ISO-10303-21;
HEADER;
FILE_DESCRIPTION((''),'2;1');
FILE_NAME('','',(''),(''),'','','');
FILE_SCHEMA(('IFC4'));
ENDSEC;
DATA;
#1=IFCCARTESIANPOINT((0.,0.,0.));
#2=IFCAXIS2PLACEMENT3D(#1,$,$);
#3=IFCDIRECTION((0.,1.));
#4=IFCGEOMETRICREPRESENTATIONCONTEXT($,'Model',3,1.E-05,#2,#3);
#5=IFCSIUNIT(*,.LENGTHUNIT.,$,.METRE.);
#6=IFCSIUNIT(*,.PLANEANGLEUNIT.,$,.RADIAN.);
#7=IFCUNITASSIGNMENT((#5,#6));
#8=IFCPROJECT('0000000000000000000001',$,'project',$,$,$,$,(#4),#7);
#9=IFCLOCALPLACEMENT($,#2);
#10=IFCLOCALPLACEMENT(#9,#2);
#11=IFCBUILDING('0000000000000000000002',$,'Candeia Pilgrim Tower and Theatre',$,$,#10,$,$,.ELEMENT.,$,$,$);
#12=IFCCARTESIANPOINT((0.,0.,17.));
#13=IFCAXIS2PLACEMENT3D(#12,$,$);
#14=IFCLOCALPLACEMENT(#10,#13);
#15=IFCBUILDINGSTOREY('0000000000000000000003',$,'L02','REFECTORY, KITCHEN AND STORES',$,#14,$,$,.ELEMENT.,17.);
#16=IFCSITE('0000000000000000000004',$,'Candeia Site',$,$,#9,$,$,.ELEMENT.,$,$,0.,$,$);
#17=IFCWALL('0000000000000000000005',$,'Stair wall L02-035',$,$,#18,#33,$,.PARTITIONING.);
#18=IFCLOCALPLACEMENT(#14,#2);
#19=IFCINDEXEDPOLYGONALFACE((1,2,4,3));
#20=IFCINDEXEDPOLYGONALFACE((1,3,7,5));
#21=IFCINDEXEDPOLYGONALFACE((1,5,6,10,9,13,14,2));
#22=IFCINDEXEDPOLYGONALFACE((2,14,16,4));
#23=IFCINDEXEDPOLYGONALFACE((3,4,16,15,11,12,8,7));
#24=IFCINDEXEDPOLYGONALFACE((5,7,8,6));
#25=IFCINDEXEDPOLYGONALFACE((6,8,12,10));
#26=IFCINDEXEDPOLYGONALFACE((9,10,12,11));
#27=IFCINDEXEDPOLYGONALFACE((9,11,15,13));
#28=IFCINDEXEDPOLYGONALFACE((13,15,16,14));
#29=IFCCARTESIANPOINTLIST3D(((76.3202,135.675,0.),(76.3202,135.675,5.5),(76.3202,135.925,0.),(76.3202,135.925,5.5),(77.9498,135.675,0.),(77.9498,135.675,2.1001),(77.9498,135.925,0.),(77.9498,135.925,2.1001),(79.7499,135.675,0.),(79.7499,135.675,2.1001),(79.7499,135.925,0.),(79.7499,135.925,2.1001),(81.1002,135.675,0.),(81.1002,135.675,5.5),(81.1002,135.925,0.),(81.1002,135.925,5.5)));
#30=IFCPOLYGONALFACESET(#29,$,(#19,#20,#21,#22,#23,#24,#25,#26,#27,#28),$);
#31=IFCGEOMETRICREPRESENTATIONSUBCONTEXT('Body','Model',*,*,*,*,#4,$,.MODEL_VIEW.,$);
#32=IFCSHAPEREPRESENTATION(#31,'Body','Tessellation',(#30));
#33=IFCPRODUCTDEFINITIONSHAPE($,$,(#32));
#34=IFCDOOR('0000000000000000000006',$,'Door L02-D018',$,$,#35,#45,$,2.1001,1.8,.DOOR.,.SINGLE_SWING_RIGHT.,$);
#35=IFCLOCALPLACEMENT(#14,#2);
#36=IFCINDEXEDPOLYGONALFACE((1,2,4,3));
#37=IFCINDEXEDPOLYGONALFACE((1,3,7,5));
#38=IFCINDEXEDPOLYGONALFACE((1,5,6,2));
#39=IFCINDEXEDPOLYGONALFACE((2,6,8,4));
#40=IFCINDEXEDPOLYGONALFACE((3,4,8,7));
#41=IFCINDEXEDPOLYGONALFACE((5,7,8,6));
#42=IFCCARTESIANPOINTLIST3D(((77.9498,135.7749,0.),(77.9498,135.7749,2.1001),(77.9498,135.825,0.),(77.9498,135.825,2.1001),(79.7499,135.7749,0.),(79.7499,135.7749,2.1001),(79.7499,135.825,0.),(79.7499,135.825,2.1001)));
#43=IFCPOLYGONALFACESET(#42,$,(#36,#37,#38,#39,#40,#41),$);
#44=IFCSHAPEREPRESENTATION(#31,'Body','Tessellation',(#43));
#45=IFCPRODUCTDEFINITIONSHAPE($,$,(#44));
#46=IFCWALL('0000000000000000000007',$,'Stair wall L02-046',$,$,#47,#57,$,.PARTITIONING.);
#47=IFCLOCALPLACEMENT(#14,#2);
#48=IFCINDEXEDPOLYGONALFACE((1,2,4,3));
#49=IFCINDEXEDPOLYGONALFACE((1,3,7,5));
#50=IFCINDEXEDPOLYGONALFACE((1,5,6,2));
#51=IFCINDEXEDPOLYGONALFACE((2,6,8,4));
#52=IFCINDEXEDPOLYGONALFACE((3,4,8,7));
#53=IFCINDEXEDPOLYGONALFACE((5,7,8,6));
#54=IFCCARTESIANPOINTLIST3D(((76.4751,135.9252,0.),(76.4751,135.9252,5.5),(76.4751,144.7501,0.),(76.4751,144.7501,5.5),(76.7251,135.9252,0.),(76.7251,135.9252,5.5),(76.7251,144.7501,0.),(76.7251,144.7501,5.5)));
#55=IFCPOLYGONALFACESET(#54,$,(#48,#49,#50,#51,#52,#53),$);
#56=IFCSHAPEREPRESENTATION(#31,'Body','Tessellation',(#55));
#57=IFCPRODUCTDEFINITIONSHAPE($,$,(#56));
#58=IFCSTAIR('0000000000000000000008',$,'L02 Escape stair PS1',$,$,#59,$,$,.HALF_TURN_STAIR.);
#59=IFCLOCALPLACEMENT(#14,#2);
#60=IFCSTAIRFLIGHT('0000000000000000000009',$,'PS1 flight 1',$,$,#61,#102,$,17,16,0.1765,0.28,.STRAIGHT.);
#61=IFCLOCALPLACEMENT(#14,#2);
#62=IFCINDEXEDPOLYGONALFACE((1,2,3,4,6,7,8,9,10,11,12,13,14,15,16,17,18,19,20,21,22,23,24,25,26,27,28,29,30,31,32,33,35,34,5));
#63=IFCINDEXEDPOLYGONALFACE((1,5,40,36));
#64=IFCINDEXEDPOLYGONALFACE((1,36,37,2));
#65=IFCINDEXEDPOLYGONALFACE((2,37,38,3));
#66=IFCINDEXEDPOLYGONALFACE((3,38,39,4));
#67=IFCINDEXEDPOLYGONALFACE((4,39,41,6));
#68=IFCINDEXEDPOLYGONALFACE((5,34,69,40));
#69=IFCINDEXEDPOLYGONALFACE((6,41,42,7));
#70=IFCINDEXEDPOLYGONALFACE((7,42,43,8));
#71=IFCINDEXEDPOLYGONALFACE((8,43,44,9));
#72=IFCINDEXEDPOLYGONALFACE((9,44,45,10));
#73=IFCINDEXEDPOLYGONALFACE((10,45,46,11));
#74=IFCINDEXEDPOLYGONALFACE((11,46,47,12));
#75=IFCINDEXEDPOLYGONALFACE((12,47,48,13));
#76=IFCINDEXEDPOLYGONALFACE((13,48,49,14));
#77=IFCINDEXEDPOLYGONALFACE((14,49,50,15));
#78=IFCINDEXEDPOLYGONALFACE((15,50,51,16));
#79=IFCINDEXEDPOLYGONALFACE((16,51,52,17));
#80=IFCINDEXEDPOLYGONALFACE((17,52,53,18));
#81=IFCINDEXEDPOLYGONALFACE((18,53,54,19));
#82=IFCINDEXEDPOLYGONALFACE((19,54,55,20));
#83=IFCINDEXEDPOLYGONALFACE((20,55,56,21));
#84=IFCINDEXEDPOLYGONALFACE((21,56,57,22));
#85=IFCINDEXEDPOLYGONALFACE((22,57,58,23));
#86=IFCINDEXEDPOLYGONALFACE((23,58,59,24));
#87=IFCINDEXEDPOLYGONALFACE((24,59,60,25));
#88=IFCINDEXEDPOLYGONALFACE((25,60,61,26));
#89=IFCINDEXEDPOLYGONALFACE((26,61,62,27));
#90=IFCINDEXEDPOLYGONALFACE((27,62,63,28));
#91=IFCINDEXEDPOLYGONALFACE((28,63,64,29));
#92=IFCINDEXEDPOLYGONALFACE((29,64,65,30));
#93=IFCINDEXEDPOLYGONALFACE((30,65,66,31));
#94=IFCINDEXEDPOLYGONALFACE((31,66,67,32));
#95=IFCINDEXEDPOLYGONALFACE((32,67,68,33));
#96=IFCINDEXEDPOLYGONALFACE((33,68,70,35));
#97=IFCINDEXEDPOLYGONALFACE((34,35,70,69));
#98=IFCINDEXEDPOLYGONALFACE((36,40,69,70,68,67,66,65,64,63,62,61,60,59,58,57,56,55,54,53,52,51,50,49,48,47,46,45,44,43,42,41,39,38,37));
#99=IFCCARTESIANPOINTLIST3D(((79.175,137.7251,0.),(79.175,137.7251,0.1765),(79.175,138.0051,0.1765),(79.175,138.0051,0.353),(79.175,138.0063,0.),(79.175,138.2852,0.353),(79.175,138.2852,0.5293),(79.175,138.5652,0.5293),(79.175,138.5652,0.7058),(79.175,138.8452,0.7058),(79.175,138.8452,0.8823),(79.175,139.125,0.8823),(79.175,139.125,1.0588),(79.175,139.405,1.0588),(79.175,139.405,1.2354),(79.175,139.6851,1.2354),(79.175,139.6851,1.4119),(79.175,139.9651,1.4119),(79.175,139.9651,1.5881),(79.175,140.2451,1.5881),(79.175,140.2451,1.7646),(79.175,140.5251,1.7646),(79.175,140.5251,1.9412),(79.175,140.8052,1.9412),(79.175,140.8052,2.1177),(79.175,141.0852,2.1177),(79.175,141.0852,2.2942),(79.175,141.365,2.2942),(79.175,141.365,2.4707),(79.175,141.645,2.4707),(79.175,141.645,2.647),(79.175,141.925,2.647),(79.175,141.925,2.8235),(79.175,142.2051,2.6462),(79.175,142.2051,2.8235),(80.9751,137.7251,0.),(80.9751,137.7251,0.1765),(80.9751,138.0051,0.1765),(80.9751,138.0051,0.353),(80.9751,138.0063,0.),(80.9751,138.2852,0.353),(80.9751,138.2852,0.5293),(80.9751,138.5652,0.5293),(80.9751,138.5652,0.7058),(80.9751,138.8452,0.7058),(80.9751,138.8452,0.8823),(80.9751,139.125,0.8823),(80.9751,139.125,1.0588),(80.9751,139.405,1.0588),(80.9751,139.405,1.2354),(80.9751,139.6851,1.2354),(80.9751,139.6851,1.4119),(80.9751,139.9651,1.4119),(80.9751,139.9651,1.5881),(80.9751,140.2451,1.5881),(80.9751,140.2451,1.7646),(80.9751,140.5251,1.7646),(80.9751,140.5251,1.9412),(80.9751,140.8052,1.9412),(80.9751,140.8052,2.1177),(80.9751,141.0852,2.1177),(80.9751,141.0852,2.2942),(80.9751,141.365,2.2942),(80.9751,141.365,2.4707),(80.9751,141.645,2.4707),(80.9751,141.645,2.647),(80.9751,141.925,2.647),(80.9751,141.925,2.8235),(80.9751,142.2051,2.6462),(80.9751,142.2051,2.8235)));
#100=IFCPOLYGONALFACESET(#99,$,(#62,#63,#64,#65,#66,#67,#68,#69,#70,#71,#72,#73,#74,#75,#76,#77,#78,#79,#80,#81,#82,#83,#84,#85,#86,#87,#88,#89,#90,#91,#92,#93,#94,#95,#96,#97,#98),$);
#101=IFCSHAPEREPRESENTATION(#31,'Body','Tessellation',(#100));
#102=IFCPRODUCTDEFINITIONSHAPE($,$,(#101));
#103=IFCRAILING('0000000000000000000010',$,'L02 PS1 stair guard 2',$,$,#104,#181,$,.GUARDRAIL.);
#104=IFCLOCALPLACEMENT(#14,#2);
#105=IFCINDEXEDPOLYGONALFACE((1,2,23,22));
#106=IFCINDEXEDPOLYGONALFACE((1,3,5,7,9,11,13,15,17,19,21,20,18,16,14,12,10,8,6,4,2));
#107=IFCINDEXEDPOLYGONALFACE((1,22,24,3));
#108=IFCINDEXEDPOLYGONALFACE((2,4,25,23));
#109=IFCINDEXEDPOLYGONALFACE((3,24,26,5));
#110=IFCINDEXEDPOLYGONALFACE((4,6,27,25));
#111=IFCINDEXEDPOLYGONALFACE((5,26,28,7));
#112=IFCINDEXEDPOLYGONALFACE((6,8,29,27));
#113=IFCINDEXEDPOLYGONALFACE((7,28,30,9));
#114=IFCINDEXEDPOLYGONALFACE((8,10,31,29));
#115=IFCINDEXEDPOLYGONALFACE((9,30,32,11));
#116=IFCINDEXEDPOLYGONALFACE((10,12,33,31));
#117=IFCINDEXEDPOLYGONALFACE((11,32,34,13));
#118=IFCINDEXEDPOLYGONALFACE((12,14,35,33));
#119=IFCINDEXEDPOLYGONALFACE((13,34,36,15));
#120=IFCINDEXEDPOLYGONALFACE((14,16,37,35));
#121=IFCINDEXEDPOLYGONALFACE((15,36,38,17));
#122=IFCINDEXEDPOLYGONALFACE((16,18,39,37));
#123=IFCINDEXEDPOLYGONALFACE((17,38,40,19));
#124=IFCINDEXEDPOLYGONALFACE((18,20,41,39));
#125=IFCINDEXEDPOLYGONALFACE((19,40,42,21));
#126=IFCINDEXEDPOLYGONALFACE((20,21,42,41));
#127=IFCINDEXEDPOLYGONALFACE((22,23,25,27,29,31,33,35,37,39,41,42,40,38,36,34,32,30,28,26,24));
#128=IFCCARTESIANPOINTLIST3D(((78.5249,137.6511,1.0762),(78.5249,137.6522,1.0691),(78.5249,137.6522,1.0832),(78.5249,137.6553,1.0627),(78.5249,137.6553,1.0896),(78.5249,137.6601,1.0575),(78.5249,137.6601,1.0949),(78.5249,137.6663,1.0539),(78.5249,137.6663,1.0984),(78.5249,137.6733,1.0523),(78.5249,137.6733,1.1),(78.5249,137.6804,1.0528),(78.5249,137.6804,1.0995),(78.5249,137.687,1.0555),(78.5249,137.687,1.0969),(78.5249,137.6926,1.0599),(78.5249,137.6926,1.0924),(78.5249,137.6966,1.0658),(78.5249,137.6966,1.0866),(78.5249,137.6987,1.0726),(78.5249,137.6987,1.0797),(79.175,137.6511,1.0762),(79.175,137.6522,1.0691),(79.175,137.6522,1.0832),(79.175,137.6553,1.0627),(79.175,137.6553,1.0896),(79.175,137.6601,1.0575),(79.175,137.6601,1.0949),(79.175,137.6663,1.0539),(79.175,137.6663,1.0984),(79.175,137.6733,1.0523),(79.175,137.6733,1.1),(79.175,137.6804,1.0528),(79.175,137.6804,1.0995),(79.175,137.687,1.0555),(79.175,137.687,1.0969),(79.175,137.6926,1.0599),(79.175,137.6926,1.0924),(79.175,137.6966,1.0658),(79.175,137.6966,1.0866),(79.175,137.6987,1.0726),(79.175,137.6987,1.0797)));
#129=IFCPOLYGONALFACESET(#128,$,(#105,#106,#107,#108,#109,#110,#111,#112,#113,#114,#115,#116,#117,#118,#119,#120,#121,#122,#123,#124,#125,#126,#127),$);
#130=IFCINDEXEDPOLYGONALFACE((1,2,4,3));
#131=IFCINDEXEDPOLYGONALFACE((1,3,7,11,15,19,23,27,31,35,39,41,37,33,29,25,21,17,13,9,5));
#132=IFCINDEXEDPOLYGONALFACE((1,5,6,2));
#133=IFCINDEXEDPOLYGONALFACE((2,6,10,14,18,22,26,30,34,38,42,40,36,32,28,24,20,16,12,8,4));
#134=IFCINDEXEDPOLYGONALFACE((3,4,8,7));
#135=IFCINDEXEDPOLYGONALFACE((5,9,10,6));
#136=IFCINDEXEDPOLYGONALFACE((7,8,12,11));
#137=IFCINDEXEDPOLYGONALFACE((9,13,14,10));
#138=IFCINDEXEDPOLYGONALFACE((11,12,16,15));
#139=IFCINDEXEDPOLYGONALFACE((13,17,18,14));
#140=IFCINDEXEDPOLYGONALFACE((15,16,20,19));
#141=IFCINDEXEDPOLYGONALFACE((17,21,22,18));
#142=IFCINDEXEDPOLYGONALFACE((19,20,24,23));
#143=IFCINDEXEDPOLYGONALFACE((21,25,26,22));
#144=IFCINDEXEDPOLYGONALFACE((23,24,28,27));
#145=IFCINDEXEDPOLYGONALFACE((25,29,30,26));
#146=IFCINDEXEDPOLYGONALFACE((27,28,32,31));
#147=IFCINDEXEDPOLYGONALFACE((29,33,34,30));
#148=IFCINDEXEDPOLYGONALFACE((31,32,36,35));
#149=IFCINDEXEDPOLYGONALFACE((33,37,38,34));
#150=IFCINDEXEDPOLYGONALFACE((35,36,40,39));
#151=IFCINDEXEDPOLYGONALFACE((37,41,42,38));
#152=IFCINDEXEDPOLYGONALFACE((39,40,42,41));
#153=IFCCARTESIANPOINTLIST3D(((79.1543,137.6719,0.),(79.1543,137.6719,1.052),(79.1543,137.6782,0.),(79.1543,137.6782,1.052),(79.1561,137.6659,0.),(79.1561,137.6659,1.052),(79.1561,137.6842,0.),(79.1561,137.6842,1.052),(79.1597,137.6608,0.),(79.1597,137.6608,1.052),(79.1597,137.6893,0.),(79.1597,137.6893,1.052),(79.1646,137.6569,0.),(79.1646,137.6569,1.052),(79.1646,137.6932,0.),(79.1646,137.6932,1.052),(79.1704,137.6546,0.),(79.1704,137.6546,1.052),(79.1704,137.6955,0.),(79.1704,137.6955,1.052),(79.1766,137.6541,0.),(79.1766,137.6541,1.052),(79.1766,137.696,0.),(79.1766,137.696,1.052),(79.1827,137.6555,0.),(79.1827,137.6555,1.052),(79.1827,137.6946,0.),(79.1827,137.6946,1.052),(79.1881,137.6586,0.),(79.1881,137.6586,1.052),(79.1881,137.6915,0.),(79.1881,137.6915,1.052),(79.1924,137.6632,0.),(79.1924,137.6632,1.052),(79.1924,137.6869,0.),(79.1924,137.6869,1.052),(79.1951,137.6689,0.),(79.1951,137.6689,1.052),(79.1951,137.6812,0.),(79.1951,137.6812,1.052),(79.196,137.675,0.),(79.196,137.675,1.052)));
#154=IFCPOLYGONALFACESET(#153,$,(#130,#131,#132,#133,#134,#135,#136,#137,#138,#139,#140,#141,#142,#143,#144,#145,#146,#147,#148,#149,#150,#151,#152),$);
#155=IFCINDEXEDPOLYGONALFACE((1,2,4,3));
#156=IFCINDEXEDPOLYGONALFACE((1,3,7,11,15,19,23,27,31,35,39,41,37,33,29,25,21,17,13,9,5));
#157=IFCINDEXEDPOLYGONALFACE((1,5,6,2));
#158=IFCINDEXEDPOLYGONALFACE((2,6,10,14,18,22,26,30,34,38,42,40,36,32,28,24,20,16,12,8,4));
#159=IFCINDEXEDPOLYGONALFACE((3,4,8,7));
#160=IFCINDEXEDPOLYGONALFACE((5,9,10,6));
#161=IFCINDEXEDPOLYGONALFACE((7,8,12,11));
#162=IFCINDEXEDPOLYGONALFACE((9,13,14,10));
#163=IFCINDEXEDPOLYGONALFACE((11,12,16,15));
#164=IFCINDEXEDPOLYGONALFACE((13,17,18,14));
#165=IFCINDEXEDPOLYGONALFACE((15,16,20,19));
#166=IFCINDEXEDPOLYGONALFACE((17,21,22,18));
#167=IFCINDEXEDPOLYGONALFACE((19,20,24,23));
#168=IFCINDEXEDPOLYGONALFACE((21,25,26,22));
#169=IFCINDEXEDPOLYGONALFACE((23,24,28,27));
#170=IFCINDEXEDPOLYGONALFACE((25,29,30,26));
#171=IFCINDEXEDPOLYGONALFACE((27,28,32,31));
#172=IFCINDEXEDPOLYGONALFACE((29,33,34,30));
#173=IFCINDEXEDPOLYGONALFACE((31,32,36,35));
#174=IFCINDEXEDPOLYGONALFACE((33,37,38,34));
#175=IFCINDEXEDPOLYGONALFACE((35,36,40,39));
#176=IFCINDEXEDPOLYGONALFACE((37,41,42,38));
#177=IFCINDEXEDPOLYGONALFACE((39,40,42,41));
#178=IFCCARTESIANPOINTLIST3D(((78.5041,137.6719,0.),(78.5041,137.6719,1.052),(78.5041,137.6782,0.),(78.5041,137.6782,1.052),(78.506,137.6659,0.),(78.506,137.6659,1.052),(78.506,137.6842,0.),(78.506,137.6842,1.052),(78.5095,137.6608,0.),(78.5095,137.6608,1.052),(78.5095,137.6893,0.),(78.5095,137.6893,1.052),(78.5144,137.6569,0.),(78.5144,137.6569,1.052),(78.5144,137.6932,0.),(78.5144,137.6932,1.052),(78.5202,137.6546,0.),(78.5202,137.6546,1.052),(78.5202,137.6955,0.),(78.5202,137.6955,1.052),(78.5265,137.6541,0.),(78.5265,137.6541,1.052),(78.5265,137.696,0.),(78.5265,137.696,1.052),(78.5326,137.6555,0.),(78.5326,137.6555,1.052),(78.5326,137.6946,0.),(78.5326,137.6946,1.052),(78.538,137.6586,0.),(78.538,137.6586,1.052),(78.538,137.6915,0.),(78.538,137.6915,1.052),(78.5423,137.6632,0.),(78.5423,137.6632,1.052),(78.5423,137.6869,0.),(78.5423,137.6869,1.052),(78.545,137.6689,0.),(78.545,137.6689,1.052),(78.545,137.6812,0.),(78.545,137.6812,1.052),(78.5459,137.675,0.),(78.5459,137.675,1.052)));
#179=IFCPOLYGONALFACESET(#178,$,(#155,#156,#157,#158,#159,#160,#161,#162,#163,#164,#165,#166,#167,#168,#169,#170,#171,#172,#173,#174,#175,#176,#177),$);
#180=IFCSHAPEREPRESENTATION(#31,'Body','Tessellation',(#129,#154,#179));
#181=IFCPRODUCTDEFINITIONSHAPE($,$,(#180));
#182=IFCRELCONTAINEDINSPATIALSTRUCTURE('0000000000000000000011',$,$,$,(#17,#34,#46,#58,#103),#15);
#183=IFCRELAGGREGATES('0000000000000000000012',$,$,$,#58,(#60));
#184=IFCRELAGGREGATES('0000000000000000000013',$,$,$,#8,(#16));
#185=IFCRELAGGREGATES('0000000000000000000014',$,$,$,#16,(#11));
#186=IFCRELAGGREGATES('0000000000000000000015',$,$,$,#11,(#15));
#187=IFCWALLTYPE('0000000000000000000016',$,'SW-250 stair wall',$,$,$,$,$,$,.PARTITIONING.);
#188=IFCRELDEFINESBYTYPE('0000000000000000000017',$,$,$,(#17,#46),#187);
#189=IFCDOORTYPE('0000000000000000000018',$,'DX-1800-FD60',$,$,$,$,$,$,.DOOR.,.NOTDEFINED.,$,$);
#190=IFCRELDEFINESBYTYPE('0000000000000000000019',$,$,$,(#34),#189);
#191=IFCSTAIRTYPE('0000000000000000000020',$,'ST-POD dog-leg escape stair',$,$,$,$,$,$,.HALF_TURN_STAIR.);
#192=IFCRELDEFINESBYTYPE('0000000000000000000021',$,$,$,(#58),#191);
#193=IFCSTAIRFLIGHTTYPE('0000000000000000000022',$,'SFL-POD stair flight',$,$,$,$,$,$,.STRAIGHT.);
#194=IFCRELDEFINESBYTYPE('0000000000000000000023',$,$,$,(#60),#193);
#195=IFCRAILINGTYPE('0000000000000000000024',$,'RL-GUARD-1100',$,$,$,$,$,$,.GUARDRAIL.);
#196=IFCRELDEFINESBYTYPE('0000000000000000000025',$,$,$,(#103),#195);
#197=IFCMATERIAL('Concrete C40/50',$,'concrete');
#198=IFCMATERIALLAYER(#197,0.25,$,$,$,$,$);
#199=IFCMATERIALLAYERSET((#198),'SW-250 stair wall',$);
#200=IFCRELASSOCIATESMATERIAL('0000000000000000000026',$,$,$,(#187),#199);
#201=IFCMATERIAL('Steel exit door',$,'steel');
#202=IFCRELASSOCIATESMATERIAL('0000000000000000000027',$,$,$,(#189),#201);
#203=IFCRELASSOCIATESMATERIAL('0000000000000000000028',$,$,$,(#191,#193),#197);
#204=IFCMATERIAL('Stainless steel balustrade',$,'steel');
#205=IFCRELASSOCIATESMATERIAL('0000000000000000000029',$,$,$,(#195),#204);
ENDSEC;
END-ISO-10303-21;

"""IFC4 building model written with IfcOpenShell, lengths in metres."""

from ifc_helpers import new_model, si_unit, direction, frame, frame_2d, origin, origin_2d, place, context, subcontext, project, spatial, polyline, rectangle, circle, outline, extrude, material, layer, layer_set, type_object, element, fill, aggregate, save


model = new_model("IFC4")

# Units and contexts
model_context = context("Model", 3, precision=1e-05, world=origin(), true_north=direction((0.0, 1.0)))
body_context = subcontext(model_context, "Body", "Model", "MODEL_VIEW")
ifc_project = project(units=[si_unit("LENGTHUNIT", "METRE"), si_unit("PLANEANGLEUNIT", "RADIAN")], contexts=[model_context])

# Site, building, storey
site_placement = place(None, origin())
site = spatial("IfcSite", under=ifc_project, at=site_placement, Name="Candeia Site", CompositionType="ELEMENT", RefElevation=0.0)
building_placement = place(site_placement, origin())
building = spatial("IfcBuilding", under=site, at=building_placement, Name="Candeia Pilgrim Tower and Theatre", CompositionType="ELEMENT")
storey_placement = place(building_placement, frame((0.0, 0.0, 17.0)))
storey = spatial("IfcBuildingStorey", under=building, at=storey_placement, Name="L02", Description="REFECTORY, KITCHEN AND STORES", CompositionType="ELEMENT", Elevation=17.0)

# Wall, opening, door
ifc_material_1 = material(Name="Concrete C40/50", Category="concrete")
ifc_layer_1 = layer(ifc_material_1, 0.25)
ifc_layer_set_1 = layer_set([ifc_layer_1], Name="SW-250 stair wall")
wall_type_1 = type_object("IfcWallType", Name="SW-250 stair wall", PredefinedType="PARTITIONING", material=ifc_layer_set_1)
wall_1_placement = place(storey_placement, frame((76.3201, 135.8, 0.0), z_axis=(0.0, 0.0, 1.0), x_axis=(1.0, 0.0, 0.0)))
wall_1 = element("IfcWall", 1, at=wall_1_placement, inside=storey, type_object=wall_type_1, Name="Stair wall L02-035", PredefinedType="PARTITIONING", context=body_context, shape_type="SweptSolid", body=[
    extrude(rectangle(XDim=4.78, YDim=0.25, at=frame_2d((2.3901, 0.0))), origin(), (0.0, 0.0, 1.0), 5.5),
])
opening_1_placement = place(wall_1_placement, frame((1.6299, 0.0, 0.0)))
opening_1 = element("IfcOpeningElement", 2, at=opening_1_placement, cuts=wall_1, PredefinedType="OPENING", context=body_context, shape_type="SweptSolid", body=[
    extrude(rectangle(XDim=1.8, YDim=2.1001, at=frame_2d((0.8999, 1.05))), frame((0.0, 0.135, 0.0), z_axis=(0.0, -1.0, 0.0), x_axis=(1.0, 0.0, 0.0)), (0.0, 0.0, 1.0), 0.27),
])
ifc_material_2 = material(Name="Steel exit door", Category="steel")
door_type_1 = type_object("IfcDoorType", Name="DX-1800-FD60", OperationType="NOTDEFINED", PredefinedType="DOOR", material=ifc_material_2)
door_1_placement = place(opening_1_placement, origin())
door_1 = element("IfcDoor", 3, at=door_1_placement, inside=storey, type_object=door_type_1, Name="Door L02-D018", OperationType="SINGLE_SWING_RIGHT", OverallHeight=2.1001, OverallWidth=1.8, PredefinedType="DOOR", context=body_context, shape_type="SweptSolid", body=[
    extrude(rectangle(XDim=1.8, YDim=2.1001, at=frame_2d((0.8999, 1.05))), frame((0.0, 0.0249, 0.0), z_axis=(0.0, -1.0, 0.0), x_axis=(1.0, 0.0, 0.0)), (0.0, 0.0, 1.0), 0.05),
])
fill(opening_1, door_1)

# Wall
wall_2_placement = place(storey_placement, frame((76.6001, 135.925, 0.0), z_axis=(0.0, 0.0, 1.0), x_axis=(0.0, 1.0, 0.0)))
element("IfcWall", 4, at=wall_2_placement, inside=storey, type_object=wall_type_1, Name="Stair wall L02-046", PredefinedType="PARTITIONING", context=body_context, shape_type="SweptSolid", body=[
    extrude(rectangle(XDim=8.825, YDim=0.25, at=frame_2d((4.4126, 0.0))), origin(), (0.0, 0.0, 1.0), 5.5),
])

# Stair, stair flight
stair_type = type_object("IfcStairType", Name="ST-POD dog-leg escape stair", PredefinedType="HALF_TURN_STAIR", material=ifc_material_1)
stair_placement = place(storey_placement, origin())
stair = element("IfcStair", 5, at=stair_placement, inside=storey, type_object=stair_type, Name="L02 Escape stair PS1", PredefinedType="HALF_TURN_STAIR")
stair_flight_type = type_object("IfcStairFlightType", Name="SFL-POD stair flight", PredefinedType="STRAIGHT", material=ifc_material_1)
stair_flight_placement = place(storey_placement, frame((80.075, 137.7251, 0.0), z_axis=(0.0, 0.0, 1.0), x_axis=(0.0, 1.0, 0.0)))
stair_flight = element("IfcStairFlight", 6, at=stair_flight_placement, type_object=stair_flight_type, Name="PS1 flight 1", NumberOfRisers=17, NumberOfTreads=16, PredefinedType="STRAIGHT", RiserHeight=0.1765, TreadLength=0.28, context=body_context, shape_type="SweptSolid", body=[
    extrude(outline(polyline([(0.0, 0.0), (0.0, 0.1765), (0.28, 0.1765), (0.28, 0.353), (0.5601, 0.353), (0.5601, 0.5293), (0.8401, 0.5293), (0.8401, 0.7058), (1.1201, 0.7058), (1.1201, 0.8823), (1.3999, 0.8823), (1.3999, 1.0588), (1.6799, 1.0588), (1.6799, 1.2354), (1.96, 1.2354), (1.96, 1.4119), (2.24, 1.4119), (2.24, 1.5881), (2.52, 1.5881), (2.52, 1.7646), (2.8, 1.7646), (2.8, 1.9412), (3.0801, 1.9412), (3.0801, 2.1177), (3.3601, 2.1177), (3.3601, 2.2942), (3.6399, 2.2942), (3.6399, 2.4707), (3.9199, 2.4707), (3.9199, 2.647), (4.2, 2.647), (4.2, 2.8235), (4.48, 2.8235), (4.48, 3.0), (4.48, 2.6462), (0.2812, 0.0), (0.0, 0.0)])), frame((0.0, 0.8999, 0.0), z_axis=(0.0, -1.0, 0.0), x_axis=(1.0, 0.0, 0.0)), (0.0, 0.0, 1.0), 1.8),
])
aggregate(stair, [stair_flight])

# Railing
ifc_material_3 = material(Name="Stainless steel balustrade", Category="steel")
railing_type_1 = type_object("IfcRailingType", Name="RL-GUARD-1100", PredefinedType="GUARDRAIL", material=ifc_material_3)
railing_1_placement = place(storey_placement, frame((79.175, 137.675, 0.0)))
element("IfcRailing", 7, at=railing_1_placement, inside=storey, type_object=railing_type_1, Name="L02 PS1 stair guard 2", PredefinedType="GUARDRAIL", context=body_context, shape_type="SweptSolid", body=[
    extrude(circle(Radius=0.0239, at=origin_2d()), frame((0.0, 0.0, 1.0762), z_axis=(-1.0, 0.0, 0.0), x_axis=(0.0, -1.0, 0.0)), (0.0, 0.0, 1.0), 0.6501),
    extrude(circle(Radius=0.021, at=origin_2d()), origin(), (0.0, 0.0, 1.0), 1.052),
    extrude(circle(Radius=0.021, at=origin_2d()), frame((-0.6501, 0.0, 0.0)), (0.0, 0.0, 1.0), 1.052),
])

save(model, "model.ifc")
